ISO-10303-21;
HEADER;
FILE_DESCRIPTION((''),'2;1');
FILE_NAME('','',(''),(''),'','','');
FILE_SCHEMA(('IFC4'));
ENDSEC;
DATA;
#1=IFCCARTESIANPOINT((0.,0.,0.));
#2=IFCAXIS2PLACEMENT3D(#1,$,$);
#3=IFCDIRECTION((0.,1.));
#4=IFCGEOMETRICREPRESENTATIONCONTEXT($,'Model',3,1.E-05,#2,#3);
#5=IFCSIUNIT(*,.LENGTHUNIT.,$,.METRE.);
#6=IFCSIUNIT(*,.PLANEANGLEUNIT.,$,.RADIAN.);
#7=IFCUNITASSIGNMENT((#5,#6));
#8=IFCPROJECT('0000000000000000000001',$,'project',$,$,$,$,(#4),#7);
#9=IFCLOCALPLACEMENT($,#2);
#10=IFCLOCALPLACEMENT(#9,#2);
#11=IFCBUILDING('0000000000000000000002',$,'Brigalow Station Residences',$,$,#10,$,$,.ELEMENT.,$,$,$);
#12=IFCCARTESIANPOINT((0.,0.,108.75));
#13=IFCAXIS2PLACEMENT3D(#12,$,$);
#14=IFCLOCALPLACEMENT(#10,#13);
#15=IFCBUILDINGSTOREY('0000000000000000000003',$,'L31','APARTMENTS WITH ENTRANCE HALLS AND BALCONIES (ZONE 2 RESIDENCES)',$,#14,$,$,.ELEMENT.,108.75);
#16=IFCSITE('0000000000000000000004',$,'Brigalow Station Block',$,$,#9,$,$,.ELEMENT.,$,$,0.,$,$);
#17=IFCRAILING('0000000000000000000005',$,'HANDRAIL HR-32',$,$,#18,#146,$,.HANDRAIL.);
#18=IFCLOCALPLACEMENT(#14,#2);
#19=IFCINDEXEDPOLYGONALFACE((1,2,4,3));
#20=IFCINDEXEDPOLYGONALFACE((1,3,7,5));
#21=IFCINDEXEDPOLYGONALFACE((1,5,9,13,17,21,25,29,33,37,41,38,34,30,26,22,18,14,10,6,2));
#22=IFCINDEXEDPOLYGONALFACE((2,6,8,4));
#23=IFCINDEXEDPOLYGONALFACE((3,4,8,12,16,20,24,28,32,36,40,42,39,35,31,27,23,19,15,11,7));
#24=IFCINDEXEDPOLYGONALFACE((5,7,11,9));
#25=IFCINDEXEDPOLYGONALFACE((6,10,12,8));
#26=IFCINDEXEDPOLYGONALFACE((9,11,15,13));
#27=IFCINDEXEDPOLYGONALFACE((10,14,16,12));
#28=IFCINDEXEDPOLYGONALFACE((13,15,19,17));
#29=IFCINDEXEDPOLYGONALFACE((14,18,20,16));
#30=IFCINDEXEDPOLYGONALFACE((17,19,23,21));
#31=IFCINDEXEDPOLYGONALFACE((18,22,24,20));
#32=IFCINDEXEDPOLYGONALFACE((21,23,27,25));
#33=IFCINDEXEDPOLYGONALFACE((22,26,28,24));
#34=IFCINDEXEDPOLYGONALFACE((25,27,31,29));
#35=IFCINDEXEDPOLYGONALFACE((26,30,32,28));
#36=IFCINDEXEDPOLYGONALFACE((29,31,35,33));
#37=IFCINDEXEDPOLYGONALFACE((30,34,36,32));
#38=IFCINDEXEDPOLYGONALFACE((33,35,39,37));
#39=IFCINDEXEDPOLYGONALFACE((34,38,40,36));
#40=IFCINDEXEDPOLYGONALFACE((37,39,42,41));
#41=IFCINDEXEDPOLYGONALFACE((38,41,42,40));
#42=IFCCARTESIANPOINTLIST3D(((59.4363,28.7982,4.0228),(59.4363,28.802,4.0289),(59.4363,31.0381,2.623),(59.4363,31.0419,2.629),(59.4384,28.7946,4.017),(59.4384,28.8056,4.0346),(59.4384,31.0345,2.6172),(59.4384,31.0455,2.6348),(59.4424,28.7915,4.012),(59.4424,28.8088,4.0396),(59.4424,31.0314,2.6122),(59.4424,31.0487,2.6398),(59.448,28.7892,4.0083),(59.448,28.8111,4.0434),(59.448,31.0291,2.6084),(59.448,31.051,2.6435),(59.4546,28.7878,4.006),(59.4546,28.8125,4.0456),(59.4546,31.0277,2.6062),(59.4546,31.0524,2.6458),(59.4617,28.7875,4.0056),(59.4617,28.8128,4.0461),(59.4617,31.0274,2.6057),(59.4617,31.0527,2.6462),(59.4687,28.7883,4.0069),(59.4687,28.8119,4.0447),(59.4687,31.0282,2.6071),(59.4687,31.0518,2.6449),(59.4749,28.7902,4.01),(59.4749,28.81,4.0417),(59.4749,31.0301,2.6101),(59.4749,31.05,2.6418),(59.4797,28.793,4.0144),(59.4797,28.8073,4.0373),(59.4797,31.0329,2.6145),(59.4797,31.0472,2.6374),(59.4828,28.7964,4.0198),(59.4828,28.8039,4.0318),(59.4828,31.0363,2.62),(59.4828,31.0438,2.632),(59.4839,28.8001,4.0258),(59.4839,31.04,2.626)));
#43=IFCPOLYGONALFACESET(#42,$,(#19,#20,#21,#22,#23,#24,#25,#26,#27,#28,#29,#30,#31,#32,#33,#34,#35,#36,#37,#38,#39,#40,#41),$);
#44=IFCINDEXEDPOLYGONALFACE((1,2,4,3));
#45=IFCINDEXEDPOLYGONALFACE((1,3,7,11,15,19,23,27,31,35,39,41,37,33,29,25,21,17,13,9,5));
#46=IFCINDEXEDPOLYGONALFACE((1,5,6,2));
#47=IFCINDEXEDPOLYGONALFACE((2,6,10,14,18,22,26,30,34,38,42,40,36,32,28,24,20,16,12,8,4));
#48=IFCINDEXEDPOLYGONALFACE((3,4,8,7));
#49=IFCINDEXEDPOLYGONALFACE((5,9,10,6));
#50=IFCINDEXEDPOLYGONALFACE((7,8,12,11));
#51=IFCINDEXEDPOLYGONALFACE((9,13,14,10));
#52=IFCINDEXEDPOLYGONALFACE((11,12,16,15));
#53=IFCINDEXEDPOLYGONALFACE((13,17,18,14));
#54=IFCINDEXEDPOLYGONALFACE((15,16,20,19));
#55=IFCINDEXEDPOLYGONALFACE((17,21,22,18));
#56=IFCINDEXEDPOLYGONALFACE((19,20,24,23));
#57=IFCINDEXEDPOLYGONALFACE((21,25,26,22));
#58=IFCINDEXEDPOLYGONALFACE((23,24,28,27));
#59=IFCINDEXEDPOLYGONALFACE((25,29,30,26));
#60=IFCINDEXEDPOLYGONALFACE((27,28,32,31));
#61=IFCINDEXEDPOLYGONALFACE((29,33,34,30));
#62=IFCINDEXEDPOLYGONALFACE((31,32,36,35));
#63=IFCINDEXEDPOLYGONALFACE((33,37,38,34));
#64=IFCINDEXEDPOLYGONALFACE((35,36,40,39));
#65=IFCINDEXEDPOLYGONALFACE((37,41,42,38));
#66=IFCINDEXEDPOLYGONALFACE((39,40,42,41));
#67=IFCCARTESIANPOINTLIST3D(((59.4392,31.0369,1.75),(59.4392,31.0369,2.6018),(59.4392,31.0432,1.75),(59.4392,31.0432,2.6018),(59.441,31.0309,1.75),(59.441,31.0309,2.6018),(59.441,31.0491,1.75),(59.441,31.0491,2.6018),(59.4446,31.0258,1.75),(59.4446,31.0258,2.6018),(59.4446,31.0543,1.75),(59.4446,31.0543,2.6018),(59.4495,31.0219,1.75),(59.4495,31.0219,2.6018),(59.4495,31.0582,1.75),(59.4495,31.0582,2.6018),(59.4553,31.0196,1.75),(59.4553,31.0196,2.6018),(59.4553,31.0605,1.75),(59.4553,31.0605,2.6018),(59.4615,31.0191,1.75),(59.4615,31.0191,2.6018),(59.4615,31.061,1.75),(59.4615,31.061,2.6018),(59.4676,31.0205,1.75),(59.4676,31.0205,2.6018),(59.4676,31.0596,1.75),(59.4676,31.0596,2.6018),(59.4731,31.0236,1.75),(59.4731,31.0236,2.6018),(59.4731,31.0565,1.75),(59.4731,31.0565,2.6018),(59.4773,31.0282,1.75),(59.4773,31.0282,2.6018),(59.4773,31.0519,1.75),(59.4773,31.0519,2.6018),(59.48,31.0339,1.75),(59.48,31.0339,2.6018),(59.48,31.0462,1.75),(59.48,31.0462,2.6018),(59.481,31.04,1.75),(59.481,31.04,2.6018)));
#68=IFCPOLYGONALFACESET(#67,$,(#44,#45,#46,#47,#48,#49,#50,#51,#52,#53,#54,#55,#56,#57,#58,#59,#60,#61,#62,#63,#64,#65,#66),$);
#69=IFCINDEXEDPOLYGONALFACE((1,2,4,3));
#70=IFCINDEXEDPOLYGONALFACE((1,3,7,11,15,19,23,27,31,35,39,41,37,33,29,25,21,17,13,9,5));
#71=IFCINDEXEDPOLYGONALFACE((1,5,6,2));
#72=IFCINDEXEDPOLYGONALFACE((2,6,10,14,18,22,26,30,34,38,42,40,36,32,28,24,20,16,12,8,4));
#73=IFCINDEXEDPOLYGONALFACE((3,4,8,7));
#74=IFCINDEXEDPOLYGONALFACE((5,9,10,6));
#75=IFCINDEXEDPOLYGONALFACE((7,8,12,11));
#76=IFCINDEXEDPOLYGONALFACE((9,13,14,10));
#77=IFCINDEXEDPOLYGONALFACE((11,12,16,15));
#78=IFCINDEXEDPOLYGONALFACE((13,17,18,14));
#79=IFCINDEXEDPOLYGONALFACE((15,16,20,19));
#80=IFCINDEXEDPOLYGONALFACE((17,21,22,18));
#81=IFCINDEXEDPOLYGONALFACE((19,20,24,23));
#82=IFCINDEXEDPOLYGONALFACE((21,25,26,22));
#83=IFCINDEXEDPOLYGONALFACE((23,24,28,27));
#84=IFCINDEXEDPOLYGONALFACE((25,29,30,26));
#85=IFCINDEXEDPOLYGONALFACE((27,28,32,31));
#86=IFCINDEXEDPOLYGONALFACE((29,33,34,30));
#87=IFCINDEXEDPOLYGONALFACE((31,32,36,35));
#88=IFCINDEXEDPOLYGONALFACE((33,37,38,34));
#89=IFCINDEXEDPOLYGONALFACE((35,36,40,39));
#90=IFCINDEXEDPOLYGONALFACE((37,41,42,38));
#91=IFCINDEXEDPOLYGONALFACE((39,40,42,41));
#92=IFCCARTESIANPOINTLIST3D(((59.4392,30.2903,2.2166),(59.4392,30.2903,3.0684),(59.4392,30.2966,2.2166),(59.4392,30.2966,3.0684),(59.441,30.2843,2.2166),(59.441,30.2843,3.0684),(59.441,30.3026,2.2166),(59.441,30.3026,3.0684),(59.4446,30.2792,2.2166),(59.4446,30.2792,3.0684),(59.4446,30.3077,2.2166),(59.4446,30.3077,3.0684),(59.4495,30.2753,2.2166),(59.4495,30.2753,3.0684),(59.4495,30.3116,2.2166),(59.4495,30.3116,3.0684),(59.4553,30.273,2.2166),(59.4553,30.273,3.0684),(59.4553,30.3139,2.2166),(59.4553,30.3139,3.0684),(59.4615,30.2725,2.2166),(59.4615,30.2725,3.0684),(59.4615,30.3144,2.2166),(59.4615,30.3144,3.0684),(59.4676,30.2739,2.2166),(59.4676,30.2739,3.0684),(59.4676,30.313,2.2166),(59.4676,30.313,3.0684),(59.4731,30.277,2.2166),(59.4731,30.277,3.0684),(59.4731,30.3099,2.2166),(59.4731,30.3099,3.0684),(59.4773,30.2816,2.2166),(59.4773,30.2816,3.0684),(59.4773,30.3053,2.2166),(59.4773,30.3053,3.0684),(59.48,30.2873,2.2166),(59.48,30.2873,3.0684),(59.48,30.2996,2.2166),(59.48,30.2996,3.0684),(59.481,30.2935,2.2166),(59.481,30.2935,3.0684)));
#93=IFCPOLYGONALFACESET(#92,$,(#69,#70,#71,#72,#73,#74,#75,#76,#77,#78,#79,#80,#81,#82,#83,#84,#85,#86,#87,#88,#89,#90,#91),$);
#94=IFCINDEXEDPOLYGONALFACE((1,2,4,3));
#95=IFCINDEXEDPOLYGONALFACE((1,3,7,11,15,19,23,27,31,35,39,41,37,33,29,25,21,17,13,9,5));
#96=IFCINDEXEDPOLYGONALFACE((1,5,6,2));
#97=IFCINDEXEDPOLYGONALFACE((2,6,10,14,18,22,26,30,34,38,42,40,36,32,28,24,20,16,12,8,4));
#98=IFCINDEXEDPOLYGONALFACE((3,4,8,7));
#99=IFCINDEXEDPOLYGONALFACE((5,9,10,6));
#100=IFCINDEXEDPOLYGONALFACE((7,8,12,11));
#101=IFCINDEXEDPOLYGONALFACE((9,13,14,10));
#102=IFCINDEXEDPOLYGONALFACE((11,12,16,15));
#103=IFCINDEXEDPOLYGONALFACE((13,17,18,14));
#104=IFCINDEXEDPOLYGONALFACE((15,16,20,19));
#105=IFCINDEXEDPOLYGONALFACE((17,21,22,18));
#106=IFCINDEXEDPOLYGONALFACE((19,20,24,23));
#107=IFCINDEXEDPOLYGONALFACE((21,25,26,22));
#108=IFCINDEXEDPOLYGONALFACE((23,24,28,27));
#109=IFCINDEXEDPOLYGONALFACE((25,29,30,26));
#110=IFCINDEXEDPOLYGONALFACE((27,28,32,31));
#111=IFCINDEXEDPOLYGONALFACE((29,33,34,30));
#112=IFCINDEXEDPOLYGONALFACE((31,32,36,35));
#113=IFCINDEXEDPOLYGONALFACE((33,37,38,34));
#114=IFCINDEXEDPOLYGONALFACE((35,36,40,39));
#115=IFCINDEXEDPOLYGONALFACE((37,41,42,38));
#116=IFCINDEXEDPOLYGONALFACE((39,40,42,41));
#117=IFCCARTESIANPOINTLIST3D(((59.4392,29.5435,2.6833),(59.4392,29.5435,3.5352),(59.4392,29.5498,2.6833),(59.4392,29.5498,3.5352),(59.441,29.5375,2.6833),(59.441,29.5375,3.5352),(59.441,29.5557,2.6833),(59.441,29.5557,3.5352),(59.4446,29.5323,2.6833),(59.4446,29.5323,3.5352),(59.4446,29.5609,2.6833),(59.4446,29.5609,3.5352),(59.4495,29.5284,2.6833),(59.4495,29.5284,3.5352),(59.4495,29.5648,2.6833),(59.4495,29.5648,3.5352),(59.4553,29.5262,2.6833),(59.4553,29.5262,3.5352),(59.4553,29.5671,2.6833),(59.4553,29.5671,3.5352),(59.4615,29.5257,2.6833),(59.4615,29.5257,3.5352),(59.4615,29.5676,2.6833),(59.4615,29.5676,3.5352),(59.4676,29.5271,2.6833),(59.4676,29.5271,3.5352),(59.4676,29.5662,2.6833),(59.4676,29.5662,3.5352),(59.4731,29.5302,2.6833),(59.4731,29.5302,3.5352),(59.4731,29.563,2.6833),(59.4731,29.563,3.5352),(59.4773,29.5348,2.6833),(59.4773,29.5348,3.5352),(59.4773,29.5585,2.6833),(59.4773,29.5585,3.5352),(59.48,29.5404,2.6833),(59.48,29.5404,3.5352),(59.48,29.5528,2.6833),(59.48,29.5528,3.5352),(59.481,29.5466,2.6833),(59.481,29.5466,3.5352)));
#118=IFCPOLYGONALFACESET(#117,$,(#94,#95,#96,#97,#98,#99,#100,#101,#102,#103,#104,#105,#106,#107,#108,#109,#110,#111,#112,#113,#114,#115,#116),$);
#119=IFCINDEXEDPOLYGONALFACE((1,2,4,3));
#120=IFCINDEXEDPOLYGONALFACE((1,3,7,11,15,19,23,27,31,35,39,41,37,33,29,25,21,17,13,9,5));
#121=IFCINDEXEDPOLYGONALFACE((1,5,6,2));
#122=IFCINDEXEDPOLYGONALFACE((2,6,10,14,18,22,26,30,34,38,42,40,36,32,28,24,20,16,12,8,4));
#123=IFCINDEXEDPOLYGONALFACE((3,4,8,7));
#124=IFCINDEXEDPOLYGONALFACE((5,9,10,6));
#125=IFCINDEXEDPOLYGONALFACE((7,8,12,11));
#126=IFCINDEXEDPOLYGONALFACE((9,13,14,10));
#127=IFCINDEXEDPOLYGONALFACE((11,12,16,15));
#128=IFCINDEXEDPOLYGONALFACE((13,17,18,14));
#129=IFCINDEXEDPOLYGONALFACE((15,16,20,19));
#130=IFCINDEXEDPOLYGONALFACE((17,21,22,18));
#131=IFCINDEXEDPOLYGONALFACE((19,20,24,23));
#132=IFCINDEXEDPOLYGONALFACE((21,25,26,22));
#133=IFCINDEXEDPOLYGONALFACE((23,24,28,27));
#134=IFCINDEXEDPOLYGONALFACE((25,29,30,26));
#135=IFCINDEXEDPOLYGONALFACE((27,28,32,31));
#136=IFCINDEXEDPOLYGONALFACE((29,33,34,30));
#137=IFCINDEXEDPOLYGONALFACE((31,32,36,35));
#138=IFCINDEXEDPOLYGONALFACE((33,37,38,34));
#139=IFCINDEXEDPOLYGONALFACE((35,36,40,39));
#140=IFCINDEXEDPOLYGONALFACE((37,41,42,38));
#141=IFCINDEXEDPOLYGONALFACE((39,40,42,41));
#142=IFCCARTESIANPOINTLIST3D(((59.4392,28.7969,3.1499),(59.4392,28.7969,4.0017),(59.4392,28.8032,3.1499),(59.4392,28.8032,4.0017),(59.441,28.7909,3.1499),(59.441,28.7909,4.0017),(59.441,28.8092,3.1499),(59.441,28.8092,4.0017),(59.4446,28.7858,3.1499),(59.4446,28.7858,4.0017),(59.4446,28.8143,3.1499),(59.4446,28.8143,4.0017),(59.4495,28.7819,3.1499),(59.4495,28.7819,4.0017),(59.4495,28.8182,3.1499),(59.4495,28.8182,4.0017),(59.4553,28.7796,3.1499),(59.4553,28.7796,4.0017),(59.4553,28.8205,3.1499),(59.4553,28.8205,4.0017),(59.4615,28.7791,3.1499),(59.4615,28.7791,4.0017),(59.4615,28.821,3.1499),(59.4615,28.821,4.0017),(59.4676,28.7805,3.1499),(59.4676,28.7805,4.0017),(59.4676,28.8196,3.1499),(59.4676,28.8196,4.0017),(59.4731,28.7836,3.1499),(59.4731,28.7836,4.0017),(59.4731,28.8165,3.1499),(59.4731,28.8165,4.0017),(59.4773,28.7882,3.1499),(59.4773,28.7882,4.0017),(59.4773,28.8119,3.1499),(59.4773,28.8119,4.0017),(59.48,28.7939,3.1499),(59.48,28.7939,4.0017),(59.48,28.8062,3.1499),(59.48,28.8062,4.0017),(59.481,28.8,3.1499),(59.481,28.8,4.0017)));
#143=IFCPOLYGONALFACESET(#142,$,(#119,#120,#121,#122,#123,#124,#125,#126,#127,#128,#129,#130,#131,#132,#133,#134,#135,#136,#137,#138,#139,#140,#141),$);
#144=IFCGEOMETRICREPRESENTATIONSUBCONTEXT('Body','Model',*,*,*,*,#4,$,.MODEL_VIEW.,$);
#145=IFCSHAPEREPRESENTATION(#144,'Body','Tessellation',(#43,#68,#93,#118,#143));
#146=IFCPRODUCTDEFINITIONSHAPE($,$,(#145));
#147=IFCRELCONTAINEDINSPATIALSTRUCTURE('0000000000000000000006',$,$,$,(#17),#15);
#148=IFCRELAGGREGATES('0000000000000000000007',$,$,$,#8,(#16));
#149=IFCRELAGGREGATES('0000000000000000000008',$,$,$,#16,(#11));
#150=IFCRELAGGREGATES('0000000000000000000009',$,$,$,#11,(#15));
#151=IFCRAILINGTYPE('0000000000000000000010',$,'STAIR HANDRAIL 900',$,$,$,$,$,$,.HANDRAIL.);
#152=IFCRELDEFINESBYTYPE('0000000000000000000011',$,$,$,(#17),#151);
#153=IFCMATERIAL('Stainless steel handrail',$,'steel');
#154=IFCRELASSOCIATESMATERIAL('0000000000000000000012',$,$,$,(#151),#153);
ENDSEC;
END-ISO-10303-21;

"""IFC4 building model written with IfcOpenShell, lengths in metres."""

from ifc_helpers import new_model, si_unit, direction, frame, origin, origin_2d, place, context, subcontext, project, spatial, circle, extrude, material, type_object, element, save


model = new_model("IFC4")

# Units and contexts
model_context = context("Model", 3, precision=1e-05, world=origin(), true_north=direction((0.0, 1.0)))
body_context = subcontext(model_context, "Body", "Model", "MODEL_VIEW")
ifc_project = project(units=[si_unit("LENGTHUNIT", "METRE"), si_unit("PLANEANGLEUNIT", "RADIAN")], contexts=[model_context])

# Site, building, storey
site_placement = place(None, origin())
site = spatial("IfcSite", under=ifc_project, at=site_placement, Name="Brigalow Station Block", CompositionType="ELEMENT", RefElevation=0.0)
building_placement = place(site_placement, origin())
building = spatial("IfcBuilding", under=site, at=building_placement, Name="Brigalow Station Residences", CompositionType="ELEMENT")
storey_placement = place(building_placement, frame((0.0, 0.0, 108.75)))
storey = spatial("IfcBuildingStorey", under=building, at=storey_placement, Name="L31", Description="APARTMENTS WITH ENTRANCE HALLS AND BALCONIES (ZONE 2 RESIDENCES)", CompositionType="ELEMENT", Elevation=108.75)

# Railing
ifc_material_1 = material(Name="Stainless steel handrail", Category="steel")
railing_type = type_object("IfcRailingType", Name="STAIR HANDRAIL 900", PredefinedType="HANDRAIL", material=ifc_material_1)
railing_placement = place(storey_placement, frame((59.46, 31.04, 1.75)))
element("IfcRailing", 1, at=railing_placement, inside=storey, type_object=railing_type, Name="HANDRAIL HR-32", PredefinedType="HANDRAIL", context=body_context, shape_type="SweptSolid", body=[
    extrude(circle(Radius=0.0239, at=origin_2d()), frame((0.0, 0.0, 0.876), z_axis=(0.0, -0.848014, 0.529974), x_axis=(1.0, 0.0, 0.0)), (0.0, 0.0, 1.0), 2.6414),
    extrude(circle(Radius=0.021, at=origin_2d()), origin(), (0.0, 0.0, 1.0), 0.8518),
    extrude(circle(Radius=0.021, at=origin_2d()), frame((0.0, -0.7466, 0.4666)), (0.0, 0.0, 1.0), 0.8518),
    extrude(circle(Radius=0.021, at=origin_2d()), frame((0.0, -1.4934, 0.9333)), (0.0, 0.0, 1.0), 0.8518),
    extrude(circle(Radius=0.021, at=origin_2d()), frame((0.0, -2.24, 1.3999)), (0.0, 0.0, 1.0), 0.8518),
])

save(model, "model.ifc")
